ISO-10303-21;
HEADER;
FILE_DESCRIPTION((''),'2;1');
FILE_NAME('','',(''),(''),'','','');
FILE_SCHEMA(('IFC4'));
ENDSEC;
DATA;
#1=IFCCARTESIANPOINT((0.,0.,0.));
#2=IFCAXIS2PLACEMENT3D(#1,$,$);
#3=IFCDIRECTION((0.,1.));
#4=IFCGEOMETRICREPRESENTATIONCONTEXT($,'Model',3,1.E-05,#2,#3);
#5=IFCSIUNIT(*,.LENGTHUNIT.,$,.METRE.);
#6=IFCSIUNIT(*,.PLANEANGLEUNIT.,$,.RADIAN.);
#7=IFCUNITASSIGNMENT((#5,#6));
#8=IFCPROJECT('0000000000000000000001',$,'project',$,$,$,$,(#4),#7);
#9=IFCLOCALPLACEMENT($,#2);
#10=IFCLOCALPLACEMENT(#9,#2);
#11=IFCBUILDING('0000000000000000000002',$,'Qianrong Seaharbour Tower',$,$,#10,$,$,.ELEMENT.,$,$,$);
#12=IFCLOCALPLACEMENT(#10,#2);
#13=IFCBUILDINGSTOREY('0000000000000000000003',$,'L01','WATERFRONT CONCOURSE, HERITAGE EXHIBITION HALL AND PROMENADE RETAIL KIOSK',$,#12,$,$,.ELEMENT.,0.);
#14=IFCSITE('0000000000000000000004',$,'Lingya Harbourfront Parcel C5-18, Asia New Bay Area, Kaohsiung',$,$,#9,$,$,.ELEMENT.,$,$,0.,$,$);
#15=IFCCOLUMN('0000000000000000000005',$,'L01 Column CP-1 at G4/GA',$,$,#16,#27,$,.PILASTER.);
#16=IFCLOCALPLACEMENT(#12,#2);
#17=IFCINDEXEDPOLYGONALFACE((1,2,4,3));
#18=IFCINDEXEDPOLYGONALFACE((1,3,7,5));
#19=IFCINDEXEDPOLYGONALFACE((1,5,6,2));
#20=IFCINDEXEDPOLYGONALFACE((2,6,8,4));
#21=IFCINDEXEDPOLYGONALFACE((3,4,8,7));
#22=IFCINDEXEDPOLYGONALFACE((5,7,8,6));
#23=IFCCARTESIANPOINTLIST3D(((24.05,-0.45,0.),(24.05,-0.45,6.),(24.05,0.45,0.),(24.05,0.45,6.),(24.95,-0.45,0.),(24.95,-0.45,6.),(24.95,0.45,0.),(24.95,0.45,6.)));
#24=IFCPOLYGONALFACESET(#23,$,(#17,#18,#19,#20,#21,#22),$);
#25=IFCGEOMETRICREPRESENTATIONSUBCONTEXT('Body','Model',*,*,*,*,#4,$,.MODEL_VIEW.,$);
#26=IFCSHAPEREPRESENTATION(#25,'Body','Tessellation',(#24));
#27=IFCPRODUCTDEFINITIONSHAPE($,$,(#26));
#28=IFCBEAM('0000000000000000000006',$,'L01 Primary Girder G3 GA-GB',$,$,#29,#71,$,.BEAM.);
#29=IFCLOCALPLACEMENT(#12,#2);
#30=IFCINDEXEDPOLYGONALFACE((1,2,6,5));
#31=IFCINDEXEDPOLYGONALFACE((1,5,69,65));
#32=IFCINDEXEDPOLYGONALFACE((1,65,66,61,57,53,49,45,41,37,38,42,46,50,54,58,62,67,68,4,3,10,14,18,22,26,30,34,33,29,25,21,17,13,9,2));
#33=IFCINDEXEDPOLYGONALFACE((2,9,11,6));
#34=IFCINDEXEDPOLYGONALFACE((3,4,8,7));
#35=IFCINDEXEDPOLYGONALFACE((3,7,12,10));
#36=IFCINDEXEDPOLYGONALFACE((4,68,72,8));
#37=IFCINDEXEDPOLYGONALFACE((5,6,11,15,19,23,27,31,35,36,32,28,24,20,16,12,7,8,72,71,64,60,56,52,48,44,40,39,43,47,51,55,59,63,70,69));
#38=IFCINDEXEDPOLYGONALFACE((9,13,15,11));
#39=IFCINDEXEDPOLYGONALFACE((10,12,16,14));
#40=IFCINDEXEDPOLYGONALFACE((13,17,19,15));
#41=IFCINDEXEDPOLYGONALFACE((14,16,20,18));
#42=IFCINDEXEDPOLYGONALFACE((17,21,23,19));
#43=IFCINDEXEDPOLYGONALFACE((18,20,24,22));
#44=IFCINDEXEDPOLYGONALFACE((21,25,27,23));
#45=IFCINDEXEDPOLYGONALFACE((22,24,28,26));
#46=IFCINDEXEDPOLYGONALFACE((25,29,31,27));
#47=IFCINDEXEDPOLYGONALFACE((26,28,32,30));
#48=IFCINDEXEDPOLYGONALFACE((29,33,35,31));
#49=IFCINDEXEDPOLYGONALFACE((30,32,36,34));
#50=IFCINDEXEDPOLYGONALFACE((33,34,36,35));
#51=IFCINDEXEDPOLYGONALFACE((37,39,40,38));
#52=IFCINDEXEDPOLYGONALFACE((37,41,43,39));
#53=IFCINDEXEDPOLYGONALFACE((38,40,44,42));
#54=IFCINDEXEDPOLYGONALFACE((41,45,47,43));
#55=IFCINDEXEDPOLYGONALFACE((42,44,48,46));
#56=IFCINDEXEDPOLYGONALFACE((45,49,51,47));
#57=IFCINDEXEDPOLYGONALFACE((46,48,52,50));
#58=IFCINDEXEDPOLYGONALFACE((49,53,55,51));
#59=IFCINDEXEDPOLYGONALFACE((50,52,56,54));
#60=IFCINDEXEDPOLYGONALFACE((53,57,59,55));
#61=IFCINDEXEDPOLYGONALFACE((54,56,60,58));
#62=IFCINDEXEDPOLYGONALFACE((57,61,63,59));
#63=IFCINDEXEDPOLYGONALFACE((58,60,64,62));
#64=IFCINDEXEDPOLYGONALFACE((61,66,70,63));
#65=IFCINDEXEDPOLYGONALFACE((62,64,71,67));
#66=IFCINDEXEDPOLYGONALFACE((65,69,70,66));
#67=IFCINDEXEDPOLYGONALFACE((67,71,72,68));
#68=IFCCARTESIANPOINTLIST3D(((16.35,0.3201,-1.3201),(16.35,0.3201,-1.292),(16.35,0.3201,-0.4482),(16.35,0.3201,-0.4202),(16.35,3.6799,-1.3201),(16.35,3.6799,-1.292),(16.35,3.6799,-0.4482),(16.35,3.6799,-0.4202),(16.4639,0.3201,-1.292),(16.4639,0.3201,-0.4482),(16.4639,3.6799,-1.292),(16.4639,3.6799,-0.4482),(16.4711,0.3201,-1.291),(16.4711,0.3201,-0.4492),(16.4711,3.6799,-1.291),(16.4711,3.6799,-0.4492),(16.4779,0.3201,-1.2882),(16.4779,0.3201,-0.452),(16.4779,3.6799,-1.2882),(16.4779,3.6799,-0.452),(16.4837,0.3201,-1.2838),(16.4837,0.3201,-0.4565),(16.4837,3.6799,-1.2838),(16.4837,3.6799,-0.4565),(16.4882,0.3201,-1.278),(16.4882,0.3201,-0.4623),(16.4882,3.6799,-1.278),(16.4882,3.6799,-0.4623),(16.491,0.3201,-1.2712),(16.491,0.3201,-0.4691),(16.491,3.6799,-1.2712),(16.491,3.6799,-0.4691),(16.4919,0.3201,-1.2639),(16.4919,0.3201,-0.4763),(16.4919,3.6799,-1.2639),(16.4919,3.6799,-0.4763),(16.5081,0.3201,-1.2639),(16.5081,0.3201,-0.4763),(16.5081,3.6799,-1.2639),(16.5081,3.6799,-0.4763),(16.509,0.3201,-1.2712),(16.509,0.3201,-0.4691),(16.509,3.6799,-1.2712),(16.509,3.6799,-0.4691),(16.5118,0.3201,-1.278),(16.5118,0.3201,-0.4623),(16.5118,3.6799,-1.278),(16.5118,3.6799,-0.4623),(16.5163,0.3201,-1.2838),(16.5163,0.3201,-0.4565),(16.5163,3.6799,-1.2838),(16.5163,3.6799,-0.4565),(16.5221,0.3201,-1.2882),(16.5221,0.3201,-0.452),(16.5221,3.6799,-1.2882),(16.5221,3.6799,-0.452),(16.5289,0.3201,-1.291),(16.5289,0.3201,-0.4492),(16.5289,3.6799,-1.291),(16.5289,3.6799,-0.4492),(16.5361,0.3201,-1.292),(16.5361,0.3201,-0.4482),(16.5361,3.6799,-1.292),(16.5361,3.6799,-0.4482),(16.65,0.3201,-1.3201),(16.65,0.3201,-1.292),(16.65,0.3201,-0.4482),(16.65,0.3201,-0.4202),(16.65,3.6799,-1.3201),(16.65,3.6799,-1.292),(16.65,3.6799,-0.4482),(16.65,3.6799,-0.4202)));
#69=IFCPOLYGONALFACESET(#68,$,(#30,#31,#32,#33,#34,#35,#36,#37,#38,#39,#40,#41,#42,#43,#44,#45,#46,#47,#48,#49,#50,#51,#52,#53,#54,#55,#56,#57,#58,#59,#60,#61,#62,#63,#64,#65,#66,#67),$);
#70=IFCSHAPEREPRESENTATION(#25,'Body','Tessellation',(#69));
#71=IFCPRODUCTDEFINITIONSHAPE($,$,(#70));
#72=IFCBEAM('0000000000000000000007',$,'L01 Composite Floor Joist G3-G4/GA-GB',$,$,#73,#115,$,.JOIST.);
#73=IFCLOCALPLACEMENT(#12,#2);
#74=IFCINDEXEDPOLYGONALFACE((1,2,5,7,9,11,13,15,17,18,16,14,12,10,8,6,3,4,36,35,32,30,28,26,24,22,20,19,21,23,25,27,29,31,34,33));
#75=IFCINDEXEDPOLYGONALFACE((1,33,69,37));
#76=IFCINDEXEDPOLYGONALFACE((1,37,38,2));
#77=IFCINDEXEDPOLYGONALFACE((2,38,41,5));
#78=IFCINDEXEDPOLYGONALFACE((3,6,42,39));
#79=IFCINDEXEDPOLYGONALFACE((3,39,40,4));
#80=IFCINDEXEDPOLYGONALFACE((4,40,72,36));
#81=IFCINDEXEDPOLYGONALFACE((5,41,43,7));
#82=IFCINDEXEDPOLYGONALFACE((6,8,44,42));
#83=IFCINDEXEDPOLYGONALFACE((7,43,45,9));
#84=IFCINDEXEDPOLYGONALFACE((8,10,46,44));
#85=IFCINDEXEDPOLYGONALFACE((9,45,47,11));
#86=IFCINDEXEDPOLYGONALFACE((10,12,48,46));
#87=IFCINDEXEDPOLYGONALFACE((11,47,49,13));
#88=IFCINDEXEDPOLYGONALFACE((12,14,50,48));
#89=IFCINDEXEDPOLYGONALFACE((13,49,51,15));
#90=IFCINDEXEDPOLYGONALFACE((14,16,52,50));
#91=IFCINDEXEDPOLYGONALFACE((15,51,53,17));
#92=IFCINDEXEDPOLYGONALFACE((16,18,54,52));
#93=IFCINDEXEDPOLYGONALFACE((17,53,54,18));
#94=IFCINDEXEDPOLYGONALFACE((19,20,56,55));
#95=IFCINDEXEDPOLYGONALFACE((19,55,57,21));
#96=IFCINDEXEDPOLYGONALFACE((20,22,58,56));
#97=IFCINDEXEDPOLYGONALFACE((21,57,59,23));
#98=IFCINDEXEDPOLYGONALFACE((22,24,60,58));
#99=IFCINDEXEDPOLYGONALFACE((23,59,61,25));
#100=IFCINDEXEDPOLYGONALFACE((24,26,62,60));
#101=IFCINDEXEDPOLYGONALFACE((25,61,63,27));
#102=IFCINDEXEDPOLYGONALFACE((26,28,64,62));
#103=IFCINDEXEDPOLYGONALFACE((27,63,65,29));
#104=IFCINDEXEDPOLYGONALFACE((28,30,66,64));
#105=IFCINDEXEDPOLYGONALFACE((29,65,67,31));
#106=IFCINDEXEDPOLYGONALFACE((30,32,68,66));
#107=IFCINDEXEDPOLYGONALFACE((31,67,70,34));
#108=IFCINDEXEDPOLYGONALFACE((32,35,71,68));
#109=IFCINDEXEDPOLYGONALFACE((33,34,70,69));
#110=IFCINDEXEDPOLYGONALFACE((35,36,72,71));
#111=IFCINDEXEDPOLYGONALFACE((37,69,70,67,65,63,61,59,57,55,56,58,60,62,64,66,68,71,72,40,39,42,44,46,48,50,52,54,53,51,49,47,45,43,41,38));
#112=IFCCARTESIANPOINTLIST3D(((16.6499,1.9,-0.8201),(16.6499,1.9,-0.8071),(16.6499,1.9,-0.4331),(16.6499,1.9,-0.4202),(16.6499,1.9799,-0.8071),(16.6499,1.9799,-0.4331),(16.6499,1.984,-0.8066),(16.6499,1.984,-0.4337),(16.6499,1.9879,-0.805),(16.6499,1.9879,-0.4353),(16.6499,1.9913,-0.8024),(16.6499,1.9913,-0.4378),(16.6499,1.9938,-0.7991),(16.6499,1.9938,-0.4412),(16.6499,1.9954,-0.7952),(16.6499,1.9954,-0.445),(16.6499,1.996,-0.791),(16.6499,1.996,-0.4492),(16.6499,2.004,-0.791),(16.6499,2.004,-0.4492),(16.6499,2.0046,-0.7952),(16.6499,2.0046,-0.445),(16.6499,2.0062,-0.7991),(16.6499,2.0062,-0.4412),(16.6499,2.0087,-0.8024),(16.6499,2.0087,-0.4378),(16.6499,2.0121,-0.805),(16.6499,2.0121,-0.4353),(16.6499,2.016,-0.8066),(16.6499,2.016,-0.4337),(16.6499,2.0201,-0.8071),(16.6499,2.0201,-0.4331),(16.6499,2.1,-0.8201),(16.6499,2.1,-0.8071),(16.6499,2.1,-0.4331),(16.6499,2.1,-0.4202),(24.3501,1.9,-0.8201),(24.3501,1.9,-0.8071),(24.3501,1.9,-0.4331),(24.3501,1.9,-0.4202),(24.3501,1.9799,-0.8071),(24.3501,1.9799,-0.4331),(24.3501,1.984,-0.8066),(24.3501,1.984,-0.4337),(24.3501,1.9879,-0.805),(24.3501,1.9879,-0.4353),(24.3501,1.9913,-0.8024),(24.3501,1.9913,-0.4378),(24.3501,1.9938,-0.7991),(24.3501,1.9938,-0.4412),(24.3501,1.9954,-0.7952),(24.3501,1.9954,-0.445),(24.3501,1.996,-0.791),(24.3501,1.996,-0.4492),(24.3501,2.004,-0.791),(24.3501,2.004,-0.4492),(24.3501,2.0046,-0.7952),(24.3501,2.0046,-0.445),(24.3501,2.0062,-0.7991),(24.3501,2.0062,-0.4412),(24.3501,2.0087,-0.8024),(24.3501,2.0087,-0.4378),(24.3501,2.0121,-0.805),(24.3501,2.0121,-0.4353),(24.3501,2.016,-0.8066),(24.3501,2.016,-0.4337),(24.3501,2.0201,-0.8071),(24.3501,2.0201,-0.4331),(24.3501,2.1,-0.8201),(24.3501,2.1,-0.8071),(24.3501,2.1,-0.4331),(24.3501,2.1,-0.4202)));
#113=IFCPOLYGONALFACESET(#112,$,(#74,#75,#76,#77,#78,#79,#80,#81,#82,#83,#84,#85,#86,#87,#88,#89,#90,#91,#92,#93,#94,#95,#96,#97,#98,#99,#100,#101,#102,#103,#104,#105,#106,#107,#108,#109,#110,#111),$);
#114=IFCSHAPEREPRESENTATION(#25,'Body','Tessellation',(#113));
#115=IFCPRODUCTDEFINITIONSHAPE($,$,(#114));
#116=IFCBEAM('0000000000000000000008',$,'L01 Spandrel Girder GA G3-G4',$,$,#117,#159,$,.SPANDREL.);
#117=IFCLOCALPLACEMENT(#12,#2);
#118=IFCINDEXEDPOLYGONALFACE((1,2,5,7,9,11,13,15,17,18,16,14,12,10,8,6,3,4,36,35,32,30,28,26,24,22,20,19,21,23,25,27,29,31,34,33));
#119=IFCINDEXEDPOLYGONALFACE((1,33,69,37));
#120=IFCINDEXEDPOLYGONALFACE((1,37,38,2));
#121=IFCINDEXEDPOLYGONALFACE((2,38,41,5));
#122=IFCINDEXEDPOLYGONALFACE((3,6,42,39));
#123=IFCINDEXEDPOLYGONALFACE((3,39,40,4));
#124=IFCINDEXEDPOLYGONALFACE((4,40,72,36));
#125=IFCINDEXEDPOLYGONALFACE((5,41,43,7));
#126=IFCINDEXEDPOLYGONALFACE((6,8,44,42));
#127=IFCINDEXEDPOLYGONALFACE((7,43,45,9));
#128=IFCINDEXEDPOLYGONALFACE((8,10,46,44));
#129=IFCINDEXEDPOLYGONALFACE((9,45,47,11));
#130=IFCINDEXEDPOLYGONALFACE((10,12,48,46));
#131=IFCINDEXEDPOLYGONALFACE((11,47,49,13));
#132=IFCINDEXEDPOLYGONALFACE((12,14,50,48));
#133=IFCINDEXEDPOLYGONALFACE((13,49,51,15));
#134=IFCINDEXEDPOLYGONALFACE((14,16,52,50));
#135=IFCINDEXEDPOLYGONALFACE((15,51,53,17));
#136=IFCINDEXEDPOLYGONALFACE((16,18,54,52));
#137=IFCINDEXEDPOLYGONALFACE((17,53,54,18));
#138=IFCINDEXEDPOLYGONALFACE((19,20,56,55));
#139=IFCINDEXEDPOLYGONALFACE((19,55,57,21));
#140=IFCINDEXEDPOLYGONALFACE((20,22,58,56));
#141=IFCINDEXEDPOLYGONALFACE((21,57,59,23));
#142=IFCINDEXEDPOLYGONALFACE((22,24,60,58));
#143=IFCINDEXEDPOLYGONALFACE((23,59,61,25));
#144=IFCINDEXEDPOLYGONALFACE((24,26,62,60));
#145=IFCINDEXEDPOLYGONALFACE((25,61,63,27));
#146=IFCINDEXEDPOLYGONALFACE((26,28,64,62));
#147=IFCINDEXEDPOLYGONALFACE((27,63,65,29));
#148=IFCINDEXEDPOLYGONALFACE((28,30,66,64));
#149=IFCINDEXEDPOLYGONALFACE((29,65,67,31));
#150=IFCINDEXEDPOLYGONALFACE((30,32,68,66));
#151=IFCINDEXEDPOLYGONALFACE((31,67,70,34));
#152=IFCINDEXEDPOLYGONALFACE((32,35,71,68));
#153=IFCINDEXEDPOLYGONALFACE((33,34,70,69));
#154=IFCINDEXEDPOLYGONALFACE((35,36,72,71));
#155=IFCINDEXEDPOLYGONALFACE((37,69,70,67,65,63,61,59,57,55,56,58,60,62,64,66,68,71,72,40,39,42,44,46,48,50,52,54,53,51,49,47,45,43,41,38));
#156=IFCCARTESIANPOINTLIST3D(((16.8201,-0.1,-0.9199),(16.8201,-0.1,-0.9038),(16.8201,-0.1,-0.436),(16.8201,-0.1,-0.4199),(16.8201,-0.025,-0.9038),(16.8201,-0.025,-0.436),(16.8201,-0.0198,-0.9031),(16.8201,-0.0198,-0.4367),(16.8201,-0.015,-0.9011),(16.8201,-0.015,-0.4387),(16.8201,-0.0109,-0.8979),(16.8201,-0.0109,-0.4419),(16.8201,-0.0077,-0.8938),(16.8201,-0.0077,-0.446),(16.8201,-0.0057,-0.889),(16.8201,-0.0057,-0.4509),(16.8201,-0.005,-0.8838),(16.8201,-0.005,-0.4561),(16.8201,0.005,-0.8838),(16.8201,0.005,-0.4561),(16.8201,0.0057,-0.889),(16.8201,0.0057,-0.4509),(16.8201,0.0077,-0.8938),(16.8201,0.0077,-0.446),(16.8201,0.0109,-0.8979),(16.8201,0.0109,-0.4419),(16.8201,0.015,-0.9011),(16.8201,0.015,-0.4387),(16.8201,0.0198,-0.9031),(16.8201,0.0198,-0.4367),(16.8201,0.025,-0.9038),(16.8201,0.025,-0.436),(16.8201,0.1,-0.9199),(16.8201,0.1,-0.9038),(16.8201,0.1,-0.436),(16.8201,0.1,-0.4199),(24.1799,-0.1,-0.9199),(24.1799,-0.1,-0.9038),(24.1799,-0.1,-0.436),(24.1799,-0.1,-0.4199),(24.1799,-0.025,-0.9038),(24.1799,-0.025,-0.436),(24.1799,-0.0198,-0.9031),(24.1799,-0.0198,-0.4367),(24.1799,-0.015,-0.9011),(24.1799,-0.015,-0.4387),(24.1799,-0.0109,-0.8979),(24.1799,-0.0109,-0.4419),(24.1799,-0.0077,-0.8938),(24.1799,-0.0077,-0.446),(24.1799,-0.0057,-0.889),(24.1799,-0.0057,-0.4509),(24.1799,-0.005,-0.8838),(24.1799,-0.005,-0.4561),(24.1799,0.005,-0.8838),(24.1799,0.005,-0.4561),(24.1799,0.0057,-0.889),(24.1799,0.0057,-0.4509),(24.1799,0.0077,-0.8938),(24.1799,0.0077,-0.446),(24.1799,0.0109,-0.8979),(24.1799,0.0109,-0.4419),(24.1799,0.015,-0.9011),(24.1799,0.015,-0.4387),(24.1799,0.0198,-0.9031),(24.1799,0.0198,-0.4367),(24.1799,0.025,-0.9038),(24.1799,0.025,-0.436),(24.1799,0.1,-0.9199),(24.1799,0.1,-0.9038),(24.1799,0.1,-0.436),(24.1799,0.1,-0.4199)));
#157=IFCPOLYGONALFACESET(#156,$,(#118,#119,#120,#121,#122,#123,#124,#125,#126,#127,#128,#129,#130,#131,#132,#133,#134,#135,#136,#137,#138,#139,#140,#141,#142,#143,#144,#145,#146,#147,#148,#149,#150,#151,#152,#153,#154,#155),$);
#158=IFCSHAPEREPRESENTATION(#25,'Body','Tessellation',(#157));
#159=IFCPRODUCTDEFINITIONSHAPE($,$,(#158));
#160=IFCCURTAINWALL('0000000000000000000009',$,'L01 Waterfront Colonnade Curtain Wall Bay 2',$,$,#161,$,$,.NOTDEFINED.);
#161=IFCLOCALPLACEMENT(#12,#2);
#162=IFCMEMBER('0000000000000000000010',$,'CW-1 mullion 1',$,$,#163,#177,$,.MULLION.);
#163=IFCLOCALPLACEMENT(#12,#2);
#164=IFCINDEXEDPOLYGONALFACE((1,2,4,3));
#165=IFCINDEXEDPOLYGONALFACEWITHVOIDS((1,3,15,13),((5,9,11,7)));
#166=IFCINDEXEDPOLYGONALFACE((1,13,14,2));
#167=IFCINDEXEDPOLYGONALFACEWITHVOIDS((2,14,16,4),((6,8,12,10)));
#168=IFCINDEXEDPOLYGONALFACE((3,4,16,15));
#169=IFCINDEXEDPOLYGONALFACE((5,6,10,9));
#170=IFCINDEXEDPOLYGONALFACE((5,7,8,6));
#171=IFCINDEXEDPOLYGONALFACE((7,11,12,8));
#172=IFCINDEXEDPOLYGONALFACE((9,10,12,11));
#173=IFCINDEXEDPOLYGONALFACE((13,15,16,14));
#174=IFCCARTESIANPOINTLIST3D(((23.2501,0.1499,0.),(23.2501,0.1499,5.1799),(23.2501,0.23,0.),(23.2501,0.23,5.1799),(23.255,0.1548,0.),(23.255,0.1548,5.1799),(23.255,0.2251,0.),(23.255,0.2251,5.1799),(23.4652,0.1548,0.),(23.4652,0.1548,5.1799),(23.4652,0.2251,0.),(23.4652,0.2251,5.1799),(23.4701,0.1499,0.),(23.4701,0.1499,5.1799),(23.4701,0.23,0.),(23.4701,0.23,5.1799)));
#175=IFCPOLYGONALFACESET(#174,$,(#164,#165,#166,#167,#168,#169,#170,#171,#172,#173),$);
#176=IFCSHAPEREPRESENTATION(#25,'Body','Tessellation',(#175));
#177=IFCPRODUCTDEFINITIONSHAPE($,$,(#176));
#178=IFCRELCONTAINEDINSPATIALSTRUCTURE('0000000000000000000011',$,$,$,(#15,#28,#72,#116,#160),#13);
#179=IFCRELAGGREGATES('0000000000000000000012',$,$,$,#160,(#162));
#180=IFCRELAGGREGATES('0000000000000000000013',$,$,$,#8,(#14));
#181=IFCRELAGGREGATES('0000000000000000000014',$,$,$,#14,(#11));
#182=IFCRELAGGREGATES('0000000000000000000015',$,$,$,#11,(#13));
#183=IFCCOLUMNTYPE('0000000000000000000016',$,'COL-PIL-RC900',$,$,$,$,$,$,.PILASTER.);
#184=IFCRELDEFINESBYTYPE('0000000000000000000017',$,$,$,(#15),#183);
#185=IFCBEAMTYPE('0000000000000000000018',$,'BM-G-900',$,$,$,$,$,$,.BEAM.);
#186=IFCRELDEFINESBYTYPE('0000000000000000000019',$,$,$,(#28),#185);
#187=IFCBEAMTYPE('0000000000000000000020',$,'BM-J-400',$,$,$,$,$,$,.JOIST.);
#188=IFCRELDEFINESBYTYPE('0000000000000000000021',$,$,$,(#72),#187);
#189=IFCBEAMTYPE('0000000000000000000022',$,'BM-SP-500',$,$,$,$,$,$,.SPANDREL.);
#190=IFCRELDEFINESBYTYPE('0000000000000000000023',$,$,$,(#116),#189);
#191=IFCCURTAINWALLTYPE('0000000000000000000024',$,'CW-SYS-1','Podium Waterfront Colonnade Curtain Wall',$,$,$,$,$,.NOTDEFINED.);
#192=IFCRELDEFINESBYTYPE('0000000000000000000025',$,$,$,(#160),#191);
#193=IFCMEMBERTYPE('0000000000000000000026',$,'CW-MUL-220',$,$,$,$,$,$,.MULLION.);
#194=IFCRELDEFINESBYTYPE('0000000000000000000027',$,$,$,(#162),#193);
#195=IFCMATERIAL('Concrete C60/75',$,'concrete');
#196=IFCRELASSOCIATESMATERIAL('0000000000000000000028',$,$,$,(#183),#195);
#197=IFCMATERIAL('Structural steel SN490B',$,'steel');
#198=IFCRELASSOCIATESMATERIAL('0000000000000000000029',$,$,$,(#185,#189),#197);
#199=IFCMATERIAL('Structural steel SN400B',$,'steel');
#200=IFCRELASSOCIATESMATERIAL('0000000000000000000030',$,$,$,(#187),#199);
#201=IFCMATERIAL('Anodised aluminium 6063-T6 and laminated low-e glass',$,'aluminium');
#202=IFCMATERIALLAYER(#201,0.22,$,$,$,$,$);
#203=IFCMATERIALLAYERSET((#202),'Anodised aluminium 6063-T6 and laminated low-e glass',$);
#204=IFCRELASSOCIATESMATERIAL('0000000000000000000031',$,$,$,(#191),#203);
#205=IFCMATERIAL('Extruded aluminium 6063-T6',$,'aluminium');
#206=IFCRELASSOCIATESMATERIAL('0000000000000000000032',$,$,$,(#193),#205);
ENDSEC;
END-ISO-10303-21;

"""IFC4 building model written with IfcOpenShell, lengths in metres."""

from ifc_helpers import new_model, si_unit, direction, frame, origin, origin_2d, place, context, subcontext, project, spatial, rectangle, hollow_rectangle, i_section, extrude, material, layer, layer_set, material_profile, profile_set, type_object, element, aggregate, save


model = new_model("IFC4")

# Units and contexts
model_context = context("Model", 3, precision=1e-05, world=origin(), true_north=direction((0.0, 1.0)))
body_context = subcontext(model_context, "Body", "Model", "MODEL_VIEW")
ifc_project = project(units=[si_unit("LENGTHUNIT", "METRE"), si_unit("PLANEANGLEUNIT", "RADIAN")], contexts=[model_context])

# Site, building, storey
site_placement = place(None, origin())
site = spatial("IfcSite", under=ifc_project, at=site_placement, Name="Lingya Harbourfront Parcel C5-18, Asia New Bay Area, Kaohsiung", CompositionType="ELEMENT", RefElevation=0.0)
building_placement = place(site_placement, origin())
building = spatial("IfcBuilding", under=site, at=building_placement, Name="Qianrong Seaharbour Tower", CompositionType="ELEMENT")
storey_placement = place(building_placement, origin())
storey = spatial("IfcBuildingStorey", under=building, at=storey_placement, Name="L01", Description="WATERFRONT CONCOURSE, HERITAGE EXHIBITION HALL AND PROMENADE RETAIL KIOSK", CompositionType="ELEMENT", Elevation=0.0)

# Column
ifc_material_1 = material(Name="Concrete C60/75", Category="concrete")
ifc_material_profile_1 = material_profile(ifc_material_1, rectangle(XDim=0.8999, YDim=0.8999, at=origin_2d()), Name="RC900x900")
ifc_profile_set_1 = profile_set([ifc_material_profile_1], Name="Concrete C60/75")
column_type = type_object("IfcColumnType", Name="COL-PIL-RC900", PredefinedType="PILASTER", material=ifc_profile_set_1)
column_placement = place(storey_placement, frame((24.5, 0.0, 0.0), z_axis=(0.0, 0.0, 1.0), x_axis=(1.0, 0.0, 0.0)))
element("IfcColumn", 1, at=column_placement, inside=storey, type_object=column_type, Name="L01 Column CP-1 at G4/GA", PredefinedType="PILASTER", context=body_context, shape_type="SweptSolid", body=[
    extrude(rectangle(XDim=0.8999, YDim=0.8999, at=origin_2d()), origin(), (0.0, 0.0, 1.0), 6.0),
])

# Beams
ifc_material_2 = material(Name="Structural steel SN490B", Category="steel")
ifc_material_profile_2 = material_profile(ifc_material_2, i_section(OverallWidth=0.3, OverallDepth=0.8999, WebThickness=0.0161, FlangeThickness=0.0281, FilletRadius=0.0281, at=origin_2d()), Name="H900x300x16x28")
ifc_profile_set_2 = profile_set([ifc_material_profile_2], Name="Structural steel SN490B")
beam_type_1 = type_object("IfcBeamType", Name="BM-G-900", PredefinedType="BEAM", material=ifc_profile_set_2)
beam_1_placement = place(storey_placement, frame((16.5, 0.3201, -0.8701), z_axis=(0.0, 1.0, 0.0), x_axis=(-1.0, 0.0, 0.0)))
element("IfcBeam", 2, at=beam_1_placement, inside=storey, type_object=beam_type_1, Name="L01 Primary Girder G3 GA-GB", PredefinedType="BEAM", context=body_context, shape_type="SweptSolid", body=[
    extrude(i_section(OverallWidth=0.3, OverallDepth=0.8999, WebThickness=0.0161, FlangeThickness=0.0281, FilletRadius=0.0281, at=origin_2d()), origin(), (0.0, 0.0, 1.0), 3.3599),
])
ifc_material_3 = material(Name="Structural steel SN400B", Category="steel")
ifc_material_profile_3 = material_profile(ifc_material_3, i_section(OverallWidth=0.2, OverallDepth=0.3999, WebThickness=0.0081, FlangeThickness=0.0129, FilletRadius=0.0161, at=origin_2d()), Name="H400x200x8x13")
ifc_profile_set_3 = profile_set([ifc_material_profile_3], Name="Structural steel SN400B")
beam_type_2 = type_object("IfcBeamType", Name="BM-J-400", PredefinedType="JOIST", material=ifc_profile_set_3)
beam_2_placement = place(storey_placement, frame((16.6499, 2.0, -0.6201), z_axis=(1.0, 0.0, 0.0), x_axis=(0.0, 1.0, 0.0)))
element("IfcBeam", 3, at=beam_2_placement, inside=storey, type_object=beam_type_2, Name="L01 Composite Floor Joist G3-G4/GA-GB", PredefinedType="JOIST", context=body_context, shape_type="SweptSolid", body=[
    extrude(i_section(OverallWidth=0.2, OverallDepth=0.3999, WebThickness=0.0081, FlangeThickness=0.0129, FilletRadius=0.0161, at=origin_2d()), origin(), (0.0, 0.0, 1.0), 7.7002),
])
ifc_material_profile_4 = material_profile(ifc_material_2, i_section(OverallWidth=0.2, OverallDepth=0.5, WebThickness=0.01, FlangeThickness=0.0161, FilletRadius=0.02, at=origin_2d()), Name="H500x200x10x16")
ifc_profile_set_4 = profile_set([ifc_material_profile_4], Name="Structural steel SN490B")
beam_type_3 = type_object("IfcBeamType", Name="BM-SP-500", PredefinedType="SPANDREL", material=ifc_profile_set_4)
beam_3_placement = place(storey_placement, frame((16.8201, 0.0, -0.6699), z_axis=(1.0, 0.0, 0.0), x_axis=(0.0, 1.0, 0.0)))
element("IfcBeam", 4, at=beam_3_placement, inside=storey, type_object=beam_type_3, Name="L01 Spandrel Girder GA G3-G4", PredefinedType="SPANDREL", context=body_context, shape_type="SweptSolid", body=[
    extrude(i_section(OverallWidth=0.2, OverallDepth=0.5, WebThickness=0.01, FlangeThickness=0.0161, FilletRadius=0.02, at=origin_2d()), origin(), (0.0, 0.0, 1.0), 7.3599),
])

# Curtain wall, member
ifc_material_4 = material(Name="Anodised aluminium 6063-T6 and laminated low-e glass", Category="aluminium")
ifc_layer_1 = layer(ifc_material_4, 0.22)
ifc_layer_set_1 = layer_set([ifc_layer_1], Name="Anodised aluminium 6063-T6 and laminated low-e glass")
curtain_wall_type = type_object("IfcCurtainWallType", Name="CW-SYS-1", Description="Podium Waterfront Colonnade Curtain Wall", PredefinedType="NOTDEFINED", material=ifc_layer_set_1)
curtain_wall_placement = place(storey_placement, origin())
curtain_wall = element("IfcCurtainWall", 5, at=curtain_wall_placement, inside=storey, type_object=curtain_wall_type, Name="L01 Waterfront Colonnade Curtain Wall Bay 2", PredefinedType="NOTDEFINED")
ifc_material_5 = material(Name="Extruded aluminium 6063-T6", Category="aluminium")
ifc_material_profile_5 = material_profile(ifc_material_5, hollow_rectangle(XDim=0.0801, YDim=0.22, WallThickness=0.0049, at=origin_2d()), Name="ALU-MUL-220x80x5")
ifc_profile_set_5 = profile_set([ifc_material_profile_5], Name="Extruded aluminium 6063-T6")
member_type_1 = type_object("IfcMemberType", Name="CW-MUL-220", PredefinedType="MULLION", material=ifc_profile_set_5)
member_1_placement = place(storey_placement, frame((23.3601, 0.1899, 0.0), z_axis=(0.0, 0.0, 1.0), x_axis=(0.0, -1.0, 0.0)))
member_1 = element("IfcMember", 6, at=member_1_placement, type_object=member_type_1, Name="CW-1 mullion 1", PredefinedType="MULLION", context=body_context, shape_type="SweptSolid", body=[
    extrude(hollow_rectangle(XDim=0.0801, YDim=0.22, WallThickness=0.0049, at=origin_2d()), origin(), (0.0, 0.0, 1.0), 5.1799),
])

aggregate(curtain_wall, [member_1])

save(model, "model.ifc")
